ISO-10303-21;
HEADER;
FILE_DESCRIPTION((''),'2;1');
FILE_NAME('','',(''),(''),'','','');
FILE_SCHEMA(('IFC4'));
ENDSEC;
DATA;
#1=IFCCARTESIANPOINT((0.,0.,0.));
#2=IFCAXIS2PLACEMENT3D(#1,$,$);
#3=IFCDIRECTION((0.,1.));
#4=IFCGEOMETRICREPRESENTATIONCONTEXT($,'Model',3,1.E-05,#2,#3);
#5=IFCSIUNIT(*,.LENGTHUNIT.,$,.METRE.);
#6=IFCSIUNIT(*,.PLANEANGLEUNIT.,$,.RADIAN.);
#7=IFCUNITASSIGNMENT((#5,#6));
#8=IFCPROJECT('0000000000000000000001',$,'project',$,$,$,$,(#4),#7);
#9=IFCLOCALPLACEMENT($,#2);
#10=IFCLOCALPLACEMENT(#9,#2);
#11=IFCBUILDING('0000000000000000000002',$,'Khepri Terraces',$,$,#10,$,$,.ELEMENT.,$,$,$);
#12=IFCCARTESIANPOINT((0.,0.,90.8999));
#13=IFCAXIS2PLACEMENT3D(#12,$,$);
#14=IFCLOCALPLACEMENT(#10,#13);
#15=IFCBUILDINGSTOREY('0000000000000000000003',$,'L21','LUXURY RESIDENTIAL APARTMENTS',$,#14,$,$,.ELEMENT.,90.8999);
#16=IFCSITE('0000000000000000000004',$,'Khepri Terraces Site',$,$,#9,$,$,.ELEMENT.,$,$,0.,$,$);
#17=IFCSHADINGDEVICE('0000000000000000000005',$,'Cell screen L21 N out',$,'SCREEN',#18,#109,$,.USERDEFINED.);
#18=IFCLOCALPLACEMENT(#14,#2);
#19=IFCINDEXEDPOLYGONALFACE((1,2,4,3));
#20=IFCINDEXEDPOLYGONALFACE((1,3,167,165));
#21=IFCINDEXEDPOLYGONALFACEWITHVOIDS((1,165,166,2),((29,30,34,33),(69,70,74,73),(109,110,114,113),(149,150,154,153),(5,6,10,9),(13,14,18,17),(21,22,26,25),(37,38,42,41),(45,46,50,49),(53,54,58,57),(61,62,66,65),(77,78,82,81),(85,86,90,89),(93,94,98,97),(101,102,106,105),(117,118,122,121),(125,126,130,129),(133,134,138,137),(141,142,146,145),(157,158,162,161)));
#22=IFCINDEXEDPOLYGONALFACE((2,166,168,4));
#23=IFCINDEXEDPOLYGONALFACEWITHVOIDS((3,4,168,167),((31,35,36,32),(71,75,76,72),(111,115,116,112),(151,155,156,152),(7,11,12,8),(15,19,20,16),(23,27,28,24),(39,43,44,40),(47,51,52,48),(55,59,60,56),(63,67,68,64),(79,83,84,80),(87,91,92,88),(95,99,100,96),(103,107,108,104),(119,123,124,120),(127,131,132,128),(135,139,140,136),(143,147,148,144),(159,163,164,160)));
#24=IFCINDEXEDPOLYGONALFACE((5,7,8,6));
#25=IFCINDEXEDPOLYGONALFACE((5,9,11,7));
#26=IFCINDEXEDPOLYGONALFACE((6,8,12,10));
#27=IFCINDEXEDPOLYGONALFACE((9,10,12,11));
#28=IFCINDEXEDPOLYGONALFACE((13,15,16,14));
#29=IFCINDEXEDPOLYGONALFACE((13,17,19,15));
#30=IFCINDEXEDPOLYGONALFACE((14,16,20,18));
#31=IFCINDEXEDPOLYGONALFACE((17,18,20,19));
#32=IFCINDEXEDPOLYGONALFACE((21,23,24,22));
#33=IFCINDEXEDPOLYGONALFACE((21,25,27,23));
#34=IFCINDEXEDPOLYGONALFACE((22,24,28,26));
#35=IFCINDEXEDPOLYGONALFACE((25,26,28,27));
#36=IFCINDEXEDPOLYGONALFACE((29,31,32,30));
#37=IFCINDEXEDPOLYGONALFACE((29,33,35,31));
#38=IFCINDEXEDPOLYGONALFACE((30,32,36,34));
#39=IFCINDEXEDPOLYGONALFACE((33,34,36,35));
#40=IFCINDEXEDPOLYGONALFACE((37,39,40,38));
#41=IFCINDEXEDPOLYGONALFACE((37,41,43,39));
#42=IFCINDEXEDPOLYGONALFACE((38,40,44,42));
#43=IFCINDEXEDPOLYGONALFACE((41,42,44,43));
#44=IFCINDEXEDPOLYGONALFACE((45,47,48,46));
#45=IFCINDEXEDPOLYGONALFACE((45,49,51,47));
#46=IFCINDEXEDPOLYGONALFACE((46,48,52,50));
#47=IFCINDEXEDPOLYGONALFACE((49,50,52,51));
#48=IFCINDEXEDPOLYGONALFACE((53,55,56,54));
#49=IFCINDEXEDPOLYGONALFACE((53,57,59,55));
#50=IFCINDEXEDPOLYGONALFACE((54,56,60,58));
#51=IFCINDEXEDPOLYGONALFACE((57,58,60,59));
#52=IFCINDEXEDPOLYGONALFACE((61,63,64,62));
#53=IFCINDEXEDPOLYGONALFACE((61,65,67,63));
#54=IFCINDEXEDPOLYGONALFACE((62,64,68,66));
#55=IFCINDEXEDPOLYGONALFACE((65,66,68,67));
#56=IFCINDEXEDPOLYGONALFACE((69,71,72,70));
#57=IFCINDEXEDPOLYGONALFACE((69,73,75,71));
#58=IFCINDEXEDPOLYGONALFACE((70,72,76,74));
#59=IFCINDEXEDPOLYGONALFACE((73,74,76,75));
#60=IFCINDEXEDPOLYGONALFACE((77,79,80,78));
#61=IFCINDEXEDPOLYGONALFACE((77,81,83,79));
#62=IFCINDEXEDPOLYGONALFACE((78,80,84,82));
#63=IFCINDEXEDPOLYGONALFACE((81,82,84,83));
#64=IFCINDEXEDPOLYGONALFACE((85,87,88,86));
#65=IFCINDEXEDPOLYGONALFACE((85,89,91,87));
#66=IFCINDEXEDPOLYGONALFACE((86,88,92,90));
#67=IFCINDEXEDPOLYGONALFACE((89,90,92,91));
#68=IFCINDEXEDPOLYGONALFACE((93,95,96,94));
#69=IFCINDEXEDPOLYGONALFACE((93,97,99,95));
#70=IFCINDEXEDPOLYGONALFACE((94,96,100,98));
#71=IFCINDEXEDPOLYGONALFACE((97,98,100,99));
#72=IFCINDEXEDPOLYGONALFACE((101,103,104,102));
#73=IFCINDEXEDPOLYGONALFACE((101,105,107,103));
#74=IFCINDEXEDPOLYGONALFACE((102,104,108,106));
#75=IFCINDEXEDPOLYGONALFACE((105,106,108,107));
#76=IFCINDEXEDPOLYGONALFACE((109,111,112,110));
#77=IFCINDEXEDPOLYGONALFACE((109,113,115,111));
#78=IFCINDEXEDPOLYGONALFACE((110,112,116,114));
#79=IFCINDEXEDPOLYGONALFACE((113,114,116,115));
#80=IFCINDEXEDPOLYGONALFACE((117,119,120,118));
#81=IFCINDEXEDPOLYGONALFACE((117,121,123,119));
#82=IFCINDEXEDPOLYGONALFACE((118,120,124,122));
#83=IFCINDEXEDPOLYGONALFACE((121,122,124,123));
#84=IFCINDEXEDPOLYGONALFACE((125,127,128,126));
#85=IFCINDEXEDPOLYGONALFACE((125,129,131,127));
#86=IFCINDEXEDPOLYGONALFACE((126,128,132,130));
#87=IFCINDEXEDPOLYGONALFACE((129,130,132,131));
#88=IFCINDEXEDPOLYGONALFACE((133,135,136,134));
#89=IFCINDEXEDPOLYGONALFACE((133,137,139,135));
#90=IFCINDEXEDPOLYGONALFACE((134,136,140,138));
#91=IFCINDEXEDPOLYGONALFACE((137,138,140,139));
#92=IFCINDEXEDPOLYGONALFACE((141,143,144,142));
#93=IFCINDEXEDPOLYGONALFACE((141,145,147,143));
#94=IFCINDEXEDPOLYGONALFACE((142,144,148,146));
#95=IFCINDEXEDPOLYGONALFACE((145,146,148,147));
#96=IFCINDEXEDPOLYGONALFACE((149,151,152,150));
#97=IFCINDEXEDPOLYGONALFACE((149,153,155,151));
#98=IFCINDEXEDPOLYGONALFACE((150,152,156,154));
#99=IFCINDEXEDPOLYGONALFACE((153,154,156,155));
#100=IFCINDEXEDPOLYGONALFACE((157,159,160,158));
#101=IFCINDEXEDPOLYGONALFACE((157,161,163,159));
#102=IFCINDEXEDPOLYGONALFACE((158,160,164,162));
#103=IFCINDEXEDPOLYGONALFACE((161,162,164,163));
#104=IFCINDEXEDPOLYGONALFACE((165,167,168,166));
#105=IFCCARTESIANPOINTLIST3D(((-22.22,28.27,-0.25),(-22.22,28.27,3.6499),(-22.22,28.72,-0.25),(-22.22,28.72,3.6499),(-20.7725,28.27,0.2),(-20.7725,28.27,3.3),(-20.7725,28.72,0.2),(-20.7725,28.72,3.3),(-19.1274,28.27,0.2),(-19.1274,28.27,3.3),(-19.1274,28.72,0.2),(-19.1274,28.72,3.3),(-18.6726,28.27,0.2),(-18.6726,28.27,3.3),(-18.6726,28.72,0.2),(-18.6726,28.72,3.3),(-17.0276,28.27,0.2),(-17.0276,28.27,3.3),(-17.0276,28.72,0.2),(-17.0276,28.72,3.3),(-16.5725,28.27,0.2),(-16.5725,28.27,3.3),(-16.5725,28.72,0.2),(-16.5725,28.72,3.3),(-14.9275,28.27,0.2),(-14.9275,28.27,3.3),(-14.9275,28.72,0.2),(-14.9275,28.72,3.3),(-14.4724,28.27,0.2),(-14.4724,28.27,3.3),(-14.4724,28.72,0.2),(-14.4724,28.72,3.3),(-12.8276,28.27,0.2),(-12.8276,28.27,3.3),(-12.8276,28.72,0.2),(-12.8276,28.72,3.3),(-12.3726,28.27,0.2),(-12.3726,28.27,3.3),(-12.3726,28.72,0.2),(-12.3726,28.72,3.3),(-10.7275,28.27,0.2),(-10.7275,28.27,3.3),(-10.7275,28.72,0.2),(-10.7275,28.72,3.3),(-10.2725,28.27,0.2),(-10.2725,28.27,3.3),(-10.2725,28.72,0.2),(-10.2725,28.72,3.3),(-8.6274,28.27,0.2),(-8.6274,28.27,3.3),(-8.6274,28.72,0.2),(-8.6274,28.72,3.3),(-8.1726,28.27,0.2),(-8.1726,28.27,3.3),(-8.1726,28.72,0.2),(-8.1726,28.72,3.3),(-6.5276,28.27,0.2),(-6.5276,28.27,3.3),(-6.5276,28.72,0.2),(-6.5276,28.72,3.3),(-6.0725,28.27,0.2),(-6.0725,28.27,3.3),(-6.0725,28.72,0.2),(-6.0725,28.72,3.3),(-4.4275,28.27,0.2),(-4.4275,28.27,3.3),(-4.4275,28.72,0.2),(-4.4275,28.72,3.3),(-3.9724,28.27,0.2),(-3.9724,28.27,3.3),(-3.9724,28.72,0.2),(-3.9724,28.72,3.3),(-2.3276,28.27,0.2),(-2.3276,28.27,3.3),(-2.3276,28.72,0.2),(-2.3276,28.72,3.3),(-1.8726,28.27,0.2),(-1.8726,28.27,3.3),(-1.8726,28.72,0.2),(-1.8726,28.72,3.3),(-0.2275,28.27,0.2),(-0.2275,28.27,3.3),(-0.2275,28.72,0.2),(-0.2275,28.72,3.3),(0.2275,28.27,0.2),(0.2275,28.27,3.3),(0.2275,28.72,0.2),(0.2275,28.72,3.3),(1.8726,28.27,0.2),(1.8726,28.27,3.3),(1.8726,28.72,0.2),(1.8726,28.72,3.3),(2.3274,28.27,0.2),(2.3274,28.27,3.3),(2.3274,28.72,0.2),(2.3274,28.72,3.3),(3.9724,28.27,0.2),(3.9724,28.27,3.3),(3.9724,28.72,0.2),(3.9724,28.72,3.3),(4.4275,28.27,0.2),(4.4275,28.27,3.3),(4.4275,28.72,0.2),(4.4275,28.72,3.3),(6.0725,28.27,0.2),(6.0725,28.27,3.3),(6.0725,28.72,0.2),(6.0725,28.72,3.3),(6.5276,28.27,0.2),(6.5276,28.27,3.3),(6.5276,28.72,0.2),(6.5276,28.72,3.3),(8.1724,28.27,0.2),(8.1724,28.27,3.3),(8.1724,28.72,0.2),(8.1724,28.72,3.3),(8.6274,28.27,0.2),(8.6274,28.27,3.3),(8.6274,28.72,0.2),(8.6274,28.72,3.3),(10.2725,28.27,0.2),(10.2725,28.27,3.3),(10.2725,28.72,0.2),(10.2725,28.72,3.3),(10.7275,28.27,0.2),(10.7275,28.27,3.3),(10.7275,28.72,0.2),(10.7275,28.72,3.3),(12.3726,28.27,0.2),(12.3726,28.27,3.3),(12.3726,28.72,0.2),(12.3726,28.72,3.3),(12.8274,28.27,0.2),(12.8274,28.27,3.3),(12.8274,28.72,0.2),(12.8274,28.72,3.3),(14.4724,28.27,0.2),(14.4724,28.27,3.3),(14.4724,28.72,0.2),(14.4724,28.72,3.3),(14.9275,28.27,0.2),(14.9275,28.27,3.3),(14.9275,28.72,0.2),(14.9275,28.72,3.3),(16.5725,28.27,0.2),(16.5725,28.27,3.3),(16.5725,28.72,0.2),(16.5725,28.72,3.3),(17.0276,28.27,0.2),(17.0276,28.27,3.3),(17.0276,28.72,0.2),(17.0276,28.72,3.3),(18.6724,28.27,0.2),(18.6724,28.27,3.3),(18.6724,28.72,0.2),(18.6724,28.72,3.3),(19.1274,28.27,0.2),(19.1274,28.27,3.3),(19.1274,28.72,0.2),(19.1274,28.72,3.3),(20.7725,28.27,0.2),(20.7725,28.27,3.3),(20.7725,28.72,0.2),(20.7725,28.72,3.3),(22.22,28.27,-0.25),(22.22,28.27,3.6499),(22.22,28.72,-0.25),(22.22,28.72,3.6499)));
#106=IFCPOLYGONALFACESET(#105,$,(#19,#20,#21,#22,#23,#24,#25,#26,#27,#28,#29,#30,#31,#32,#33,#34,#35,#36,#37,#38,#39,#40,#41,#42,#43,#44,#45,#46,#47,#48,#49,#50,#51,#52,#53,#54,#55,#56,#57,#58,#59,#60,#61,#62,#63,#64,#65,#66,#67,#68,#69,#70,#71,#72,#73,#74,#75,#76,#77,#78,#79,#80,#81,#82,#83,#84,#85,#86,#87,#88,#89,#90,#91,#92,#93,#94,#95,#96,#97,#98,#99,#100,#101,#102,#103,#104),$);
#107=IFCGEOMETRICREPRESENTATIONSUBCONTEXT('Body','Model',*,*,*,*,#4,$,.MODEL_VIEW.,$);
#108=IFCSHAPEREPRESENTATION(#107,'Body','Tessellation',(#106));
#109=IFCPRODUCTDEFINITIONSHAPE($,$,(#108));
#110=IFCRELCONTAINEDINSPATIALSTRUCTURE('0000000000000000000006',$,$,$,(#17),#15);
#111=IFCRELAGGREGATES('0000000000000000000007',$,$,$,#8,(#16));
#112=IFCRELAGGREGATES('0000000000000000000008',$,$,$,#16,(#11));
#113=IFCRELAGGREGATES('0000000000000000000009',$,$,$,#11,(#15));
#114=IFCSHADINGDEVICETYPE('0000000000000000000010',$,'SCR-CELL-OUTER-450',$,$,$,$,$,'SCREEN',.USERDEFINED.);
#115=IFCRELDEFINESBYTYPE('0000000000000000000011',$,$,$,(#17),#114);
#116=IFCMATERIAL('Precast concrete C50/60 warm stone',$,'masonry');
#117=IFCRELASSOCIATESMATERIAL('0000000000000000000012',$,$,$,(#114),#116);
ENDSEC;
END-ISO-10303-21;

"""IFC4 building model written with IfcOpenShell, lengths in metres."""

from ifc_helpers import new_model, si_unit, direction, frame, origin, place, context, subcontext, project, spatial, polyline, outline, extrude, material, type_object, element, save


model = new_model("IFC4")

# Units and contexts
model_context = context("Model", 3, precision=1e-05, world=origin(), true_north=direction((0.0, 1.0)))
body_context = subcontext(model_context, "Body", "Model", "MODEL_VIEW")
ifc_project = project(units=[si_unit("LENGTHUNIT", "METRE"), si_unit("PLANEANGLEUNIT", "RADIAN")], contexts=[model_context])

# Site, building, storey
site_placement = place(None, origin())
site = spatial("IfcSite", under=ifc_project, at=site_placement, Name="Khepri Terraces Site", CompositionType="ELEMENT", RefElevation=0.0)
building_placement = place(site_placement, origin())
building = spatial("IfcBuilding", under=site, at=building_placement, Name="Khepri Terraces", CompositionType="ELEMENT")
storey_placement = place(building_placement, frame((0.0, 0.0, 90.8999)))
storey = spatial("IfcBuildingStorey", under=building, at=storey_placement, Name="L21", Description="LUXURY RESIDENTIAL APARTMENTS", CompositionType="ELEMENT", Elevation=90.8999)

# Shared definitions
ifc_material_1 = material(Name="Precast concrete C50/60 warm stone", Category="masonry")

# Shading device
shading_device_type_1 = type_object("IfcShadingDeviceType", Name="SCR-CELL-OUTER-450", ElementType="SCREEN", PredefinedType="USERDEFINED", material=ifc_material_1)
shading_device_1_placement = place(storey_placement, frame((22.22, 28.27, -0.25), z_axis=(0.0, 1.0, 0.0), x_axis=(-1.0, 0.0, 0.0)))
element("IfcShadingDevice", 1, at=shading_device_1_placement, inside=storey, type_object=shading_device_type_1, Name="Cell screen L21 N out", ObjectType="SCREEN", PredefinedType="USERDEFINED", context=body_context, shape_type="SweptSolid", body=[
    extrude(outline(polyline([(0.0, 0.0), (44.4399, 0.0), (44.4399, 3.8999), (0.0, 3.8999), (0.0, 0.0)]), holes=[polyline([(1.4475, 0.45), (3.0925, 0.45), (3.0925, 3.55), (1.4475, 3.55), (1.4475, 0.45)]), polyline([(3.5476, 0.45), (5.1924, 0.45), (5.1924, 3.55), (3.5476, 3.55), (3.5476, 0.45)]), polyline([(5.6475, 0.45), (7.2925, 0.45), (7.2925, 3.55), (5.6475, 3.55), (5.6475, 0.45)]), polyline([(7.7476, 0.45), (9.3926, 0.45), (9.3926, 3.55), (7.7476, 3.55), (7.7476, 0.45)]), polyline([(9.8474, 0.45), (11.4924, 0.45), (11.4924, 3.55), (9.8474, 3.55), (9.8474, 0.45)]), polyline([(11.9475, 0.45), (13.5925, 0.45), (13.5925, 3.55), (11.9475, 3.55), (11.9475, 0.45)]), polyline([(14.0476, 0.45), (15.6924, 0.45), (15.6924, 3.55), (14.0476, 3.55), (14.0476, 0.45)]), polyline([(16.1475, 0.45), (17.7925, 0.45), (17.7925, 3.55), (16.1475, 3.55), (16.1475, 0.45)]), polyline([(18.2476, 0.45), (19.8926, 0.45), (19.8926, 3.55), (18.2476, 3.55), (18.2476, 0.45)]), polyline([(20.3474, 0.45), (21.9924, 0.45), (21.9924, 3.55), (20.3474, 3.55), (20.3474, 0.45)]), polyline([(22.4475, 0.45), (24.0925, 0.45), (24.0925, 3.55), (22.4475, 3.55), (22.4475, 0.45)]), polyline([(24.5476, 0.45), (26.1924, 0.45), (26.1924, 3.55), (24.5476, 3.55), (24.5476, 0.45)]), polyline([(26.6475, 0.45), (28.2925, 0.45), (28.2925, 3.55), (26.6475, 3.55), (26.6475, 0.45)]), polyline([(28.7476, 0.45), (30.3926, 0.45), (30.3926, 3.55), (28.7476, 3.55), (28.7476, 0.45)]), polyline([(30.8474, 0.45), (32.4924, 0.45), (32.4924, 3.55), (30.8474, 3.55), (30.8474, 0.45)]), polyline([(32.9475, 0.45), (34.5925, 0.45), (34.5925, 3.55), (32.9475, 3.55), (32.9475, 0.45)]), polyline([(35.0476, 0.45), (36.6924, 0.45), (36.6924, 3.55), (35.0476, 3.55), (35.0476, 0.45)]), polyline([(37.1475, 0.45), (38.7925, 0.45), (38.7925, 3.55), (37.1475, 3.55), (37.1475, 0.45)]), polyline([(39.2476, 0.45), (40.8926, 0.45), (40.8926, 3.55), (39.2476, 3.55), (39.2476, 0.45)]), polyline([(41.3474, 0.45), (42.9924, 0.45), (42.9924, 3.55), (41.3474, 3.55), (41.3474, 0.45)])]), origin(), (0.0, 0.0, 1.0), 0.45),
])

save(model, "model.ifc")
